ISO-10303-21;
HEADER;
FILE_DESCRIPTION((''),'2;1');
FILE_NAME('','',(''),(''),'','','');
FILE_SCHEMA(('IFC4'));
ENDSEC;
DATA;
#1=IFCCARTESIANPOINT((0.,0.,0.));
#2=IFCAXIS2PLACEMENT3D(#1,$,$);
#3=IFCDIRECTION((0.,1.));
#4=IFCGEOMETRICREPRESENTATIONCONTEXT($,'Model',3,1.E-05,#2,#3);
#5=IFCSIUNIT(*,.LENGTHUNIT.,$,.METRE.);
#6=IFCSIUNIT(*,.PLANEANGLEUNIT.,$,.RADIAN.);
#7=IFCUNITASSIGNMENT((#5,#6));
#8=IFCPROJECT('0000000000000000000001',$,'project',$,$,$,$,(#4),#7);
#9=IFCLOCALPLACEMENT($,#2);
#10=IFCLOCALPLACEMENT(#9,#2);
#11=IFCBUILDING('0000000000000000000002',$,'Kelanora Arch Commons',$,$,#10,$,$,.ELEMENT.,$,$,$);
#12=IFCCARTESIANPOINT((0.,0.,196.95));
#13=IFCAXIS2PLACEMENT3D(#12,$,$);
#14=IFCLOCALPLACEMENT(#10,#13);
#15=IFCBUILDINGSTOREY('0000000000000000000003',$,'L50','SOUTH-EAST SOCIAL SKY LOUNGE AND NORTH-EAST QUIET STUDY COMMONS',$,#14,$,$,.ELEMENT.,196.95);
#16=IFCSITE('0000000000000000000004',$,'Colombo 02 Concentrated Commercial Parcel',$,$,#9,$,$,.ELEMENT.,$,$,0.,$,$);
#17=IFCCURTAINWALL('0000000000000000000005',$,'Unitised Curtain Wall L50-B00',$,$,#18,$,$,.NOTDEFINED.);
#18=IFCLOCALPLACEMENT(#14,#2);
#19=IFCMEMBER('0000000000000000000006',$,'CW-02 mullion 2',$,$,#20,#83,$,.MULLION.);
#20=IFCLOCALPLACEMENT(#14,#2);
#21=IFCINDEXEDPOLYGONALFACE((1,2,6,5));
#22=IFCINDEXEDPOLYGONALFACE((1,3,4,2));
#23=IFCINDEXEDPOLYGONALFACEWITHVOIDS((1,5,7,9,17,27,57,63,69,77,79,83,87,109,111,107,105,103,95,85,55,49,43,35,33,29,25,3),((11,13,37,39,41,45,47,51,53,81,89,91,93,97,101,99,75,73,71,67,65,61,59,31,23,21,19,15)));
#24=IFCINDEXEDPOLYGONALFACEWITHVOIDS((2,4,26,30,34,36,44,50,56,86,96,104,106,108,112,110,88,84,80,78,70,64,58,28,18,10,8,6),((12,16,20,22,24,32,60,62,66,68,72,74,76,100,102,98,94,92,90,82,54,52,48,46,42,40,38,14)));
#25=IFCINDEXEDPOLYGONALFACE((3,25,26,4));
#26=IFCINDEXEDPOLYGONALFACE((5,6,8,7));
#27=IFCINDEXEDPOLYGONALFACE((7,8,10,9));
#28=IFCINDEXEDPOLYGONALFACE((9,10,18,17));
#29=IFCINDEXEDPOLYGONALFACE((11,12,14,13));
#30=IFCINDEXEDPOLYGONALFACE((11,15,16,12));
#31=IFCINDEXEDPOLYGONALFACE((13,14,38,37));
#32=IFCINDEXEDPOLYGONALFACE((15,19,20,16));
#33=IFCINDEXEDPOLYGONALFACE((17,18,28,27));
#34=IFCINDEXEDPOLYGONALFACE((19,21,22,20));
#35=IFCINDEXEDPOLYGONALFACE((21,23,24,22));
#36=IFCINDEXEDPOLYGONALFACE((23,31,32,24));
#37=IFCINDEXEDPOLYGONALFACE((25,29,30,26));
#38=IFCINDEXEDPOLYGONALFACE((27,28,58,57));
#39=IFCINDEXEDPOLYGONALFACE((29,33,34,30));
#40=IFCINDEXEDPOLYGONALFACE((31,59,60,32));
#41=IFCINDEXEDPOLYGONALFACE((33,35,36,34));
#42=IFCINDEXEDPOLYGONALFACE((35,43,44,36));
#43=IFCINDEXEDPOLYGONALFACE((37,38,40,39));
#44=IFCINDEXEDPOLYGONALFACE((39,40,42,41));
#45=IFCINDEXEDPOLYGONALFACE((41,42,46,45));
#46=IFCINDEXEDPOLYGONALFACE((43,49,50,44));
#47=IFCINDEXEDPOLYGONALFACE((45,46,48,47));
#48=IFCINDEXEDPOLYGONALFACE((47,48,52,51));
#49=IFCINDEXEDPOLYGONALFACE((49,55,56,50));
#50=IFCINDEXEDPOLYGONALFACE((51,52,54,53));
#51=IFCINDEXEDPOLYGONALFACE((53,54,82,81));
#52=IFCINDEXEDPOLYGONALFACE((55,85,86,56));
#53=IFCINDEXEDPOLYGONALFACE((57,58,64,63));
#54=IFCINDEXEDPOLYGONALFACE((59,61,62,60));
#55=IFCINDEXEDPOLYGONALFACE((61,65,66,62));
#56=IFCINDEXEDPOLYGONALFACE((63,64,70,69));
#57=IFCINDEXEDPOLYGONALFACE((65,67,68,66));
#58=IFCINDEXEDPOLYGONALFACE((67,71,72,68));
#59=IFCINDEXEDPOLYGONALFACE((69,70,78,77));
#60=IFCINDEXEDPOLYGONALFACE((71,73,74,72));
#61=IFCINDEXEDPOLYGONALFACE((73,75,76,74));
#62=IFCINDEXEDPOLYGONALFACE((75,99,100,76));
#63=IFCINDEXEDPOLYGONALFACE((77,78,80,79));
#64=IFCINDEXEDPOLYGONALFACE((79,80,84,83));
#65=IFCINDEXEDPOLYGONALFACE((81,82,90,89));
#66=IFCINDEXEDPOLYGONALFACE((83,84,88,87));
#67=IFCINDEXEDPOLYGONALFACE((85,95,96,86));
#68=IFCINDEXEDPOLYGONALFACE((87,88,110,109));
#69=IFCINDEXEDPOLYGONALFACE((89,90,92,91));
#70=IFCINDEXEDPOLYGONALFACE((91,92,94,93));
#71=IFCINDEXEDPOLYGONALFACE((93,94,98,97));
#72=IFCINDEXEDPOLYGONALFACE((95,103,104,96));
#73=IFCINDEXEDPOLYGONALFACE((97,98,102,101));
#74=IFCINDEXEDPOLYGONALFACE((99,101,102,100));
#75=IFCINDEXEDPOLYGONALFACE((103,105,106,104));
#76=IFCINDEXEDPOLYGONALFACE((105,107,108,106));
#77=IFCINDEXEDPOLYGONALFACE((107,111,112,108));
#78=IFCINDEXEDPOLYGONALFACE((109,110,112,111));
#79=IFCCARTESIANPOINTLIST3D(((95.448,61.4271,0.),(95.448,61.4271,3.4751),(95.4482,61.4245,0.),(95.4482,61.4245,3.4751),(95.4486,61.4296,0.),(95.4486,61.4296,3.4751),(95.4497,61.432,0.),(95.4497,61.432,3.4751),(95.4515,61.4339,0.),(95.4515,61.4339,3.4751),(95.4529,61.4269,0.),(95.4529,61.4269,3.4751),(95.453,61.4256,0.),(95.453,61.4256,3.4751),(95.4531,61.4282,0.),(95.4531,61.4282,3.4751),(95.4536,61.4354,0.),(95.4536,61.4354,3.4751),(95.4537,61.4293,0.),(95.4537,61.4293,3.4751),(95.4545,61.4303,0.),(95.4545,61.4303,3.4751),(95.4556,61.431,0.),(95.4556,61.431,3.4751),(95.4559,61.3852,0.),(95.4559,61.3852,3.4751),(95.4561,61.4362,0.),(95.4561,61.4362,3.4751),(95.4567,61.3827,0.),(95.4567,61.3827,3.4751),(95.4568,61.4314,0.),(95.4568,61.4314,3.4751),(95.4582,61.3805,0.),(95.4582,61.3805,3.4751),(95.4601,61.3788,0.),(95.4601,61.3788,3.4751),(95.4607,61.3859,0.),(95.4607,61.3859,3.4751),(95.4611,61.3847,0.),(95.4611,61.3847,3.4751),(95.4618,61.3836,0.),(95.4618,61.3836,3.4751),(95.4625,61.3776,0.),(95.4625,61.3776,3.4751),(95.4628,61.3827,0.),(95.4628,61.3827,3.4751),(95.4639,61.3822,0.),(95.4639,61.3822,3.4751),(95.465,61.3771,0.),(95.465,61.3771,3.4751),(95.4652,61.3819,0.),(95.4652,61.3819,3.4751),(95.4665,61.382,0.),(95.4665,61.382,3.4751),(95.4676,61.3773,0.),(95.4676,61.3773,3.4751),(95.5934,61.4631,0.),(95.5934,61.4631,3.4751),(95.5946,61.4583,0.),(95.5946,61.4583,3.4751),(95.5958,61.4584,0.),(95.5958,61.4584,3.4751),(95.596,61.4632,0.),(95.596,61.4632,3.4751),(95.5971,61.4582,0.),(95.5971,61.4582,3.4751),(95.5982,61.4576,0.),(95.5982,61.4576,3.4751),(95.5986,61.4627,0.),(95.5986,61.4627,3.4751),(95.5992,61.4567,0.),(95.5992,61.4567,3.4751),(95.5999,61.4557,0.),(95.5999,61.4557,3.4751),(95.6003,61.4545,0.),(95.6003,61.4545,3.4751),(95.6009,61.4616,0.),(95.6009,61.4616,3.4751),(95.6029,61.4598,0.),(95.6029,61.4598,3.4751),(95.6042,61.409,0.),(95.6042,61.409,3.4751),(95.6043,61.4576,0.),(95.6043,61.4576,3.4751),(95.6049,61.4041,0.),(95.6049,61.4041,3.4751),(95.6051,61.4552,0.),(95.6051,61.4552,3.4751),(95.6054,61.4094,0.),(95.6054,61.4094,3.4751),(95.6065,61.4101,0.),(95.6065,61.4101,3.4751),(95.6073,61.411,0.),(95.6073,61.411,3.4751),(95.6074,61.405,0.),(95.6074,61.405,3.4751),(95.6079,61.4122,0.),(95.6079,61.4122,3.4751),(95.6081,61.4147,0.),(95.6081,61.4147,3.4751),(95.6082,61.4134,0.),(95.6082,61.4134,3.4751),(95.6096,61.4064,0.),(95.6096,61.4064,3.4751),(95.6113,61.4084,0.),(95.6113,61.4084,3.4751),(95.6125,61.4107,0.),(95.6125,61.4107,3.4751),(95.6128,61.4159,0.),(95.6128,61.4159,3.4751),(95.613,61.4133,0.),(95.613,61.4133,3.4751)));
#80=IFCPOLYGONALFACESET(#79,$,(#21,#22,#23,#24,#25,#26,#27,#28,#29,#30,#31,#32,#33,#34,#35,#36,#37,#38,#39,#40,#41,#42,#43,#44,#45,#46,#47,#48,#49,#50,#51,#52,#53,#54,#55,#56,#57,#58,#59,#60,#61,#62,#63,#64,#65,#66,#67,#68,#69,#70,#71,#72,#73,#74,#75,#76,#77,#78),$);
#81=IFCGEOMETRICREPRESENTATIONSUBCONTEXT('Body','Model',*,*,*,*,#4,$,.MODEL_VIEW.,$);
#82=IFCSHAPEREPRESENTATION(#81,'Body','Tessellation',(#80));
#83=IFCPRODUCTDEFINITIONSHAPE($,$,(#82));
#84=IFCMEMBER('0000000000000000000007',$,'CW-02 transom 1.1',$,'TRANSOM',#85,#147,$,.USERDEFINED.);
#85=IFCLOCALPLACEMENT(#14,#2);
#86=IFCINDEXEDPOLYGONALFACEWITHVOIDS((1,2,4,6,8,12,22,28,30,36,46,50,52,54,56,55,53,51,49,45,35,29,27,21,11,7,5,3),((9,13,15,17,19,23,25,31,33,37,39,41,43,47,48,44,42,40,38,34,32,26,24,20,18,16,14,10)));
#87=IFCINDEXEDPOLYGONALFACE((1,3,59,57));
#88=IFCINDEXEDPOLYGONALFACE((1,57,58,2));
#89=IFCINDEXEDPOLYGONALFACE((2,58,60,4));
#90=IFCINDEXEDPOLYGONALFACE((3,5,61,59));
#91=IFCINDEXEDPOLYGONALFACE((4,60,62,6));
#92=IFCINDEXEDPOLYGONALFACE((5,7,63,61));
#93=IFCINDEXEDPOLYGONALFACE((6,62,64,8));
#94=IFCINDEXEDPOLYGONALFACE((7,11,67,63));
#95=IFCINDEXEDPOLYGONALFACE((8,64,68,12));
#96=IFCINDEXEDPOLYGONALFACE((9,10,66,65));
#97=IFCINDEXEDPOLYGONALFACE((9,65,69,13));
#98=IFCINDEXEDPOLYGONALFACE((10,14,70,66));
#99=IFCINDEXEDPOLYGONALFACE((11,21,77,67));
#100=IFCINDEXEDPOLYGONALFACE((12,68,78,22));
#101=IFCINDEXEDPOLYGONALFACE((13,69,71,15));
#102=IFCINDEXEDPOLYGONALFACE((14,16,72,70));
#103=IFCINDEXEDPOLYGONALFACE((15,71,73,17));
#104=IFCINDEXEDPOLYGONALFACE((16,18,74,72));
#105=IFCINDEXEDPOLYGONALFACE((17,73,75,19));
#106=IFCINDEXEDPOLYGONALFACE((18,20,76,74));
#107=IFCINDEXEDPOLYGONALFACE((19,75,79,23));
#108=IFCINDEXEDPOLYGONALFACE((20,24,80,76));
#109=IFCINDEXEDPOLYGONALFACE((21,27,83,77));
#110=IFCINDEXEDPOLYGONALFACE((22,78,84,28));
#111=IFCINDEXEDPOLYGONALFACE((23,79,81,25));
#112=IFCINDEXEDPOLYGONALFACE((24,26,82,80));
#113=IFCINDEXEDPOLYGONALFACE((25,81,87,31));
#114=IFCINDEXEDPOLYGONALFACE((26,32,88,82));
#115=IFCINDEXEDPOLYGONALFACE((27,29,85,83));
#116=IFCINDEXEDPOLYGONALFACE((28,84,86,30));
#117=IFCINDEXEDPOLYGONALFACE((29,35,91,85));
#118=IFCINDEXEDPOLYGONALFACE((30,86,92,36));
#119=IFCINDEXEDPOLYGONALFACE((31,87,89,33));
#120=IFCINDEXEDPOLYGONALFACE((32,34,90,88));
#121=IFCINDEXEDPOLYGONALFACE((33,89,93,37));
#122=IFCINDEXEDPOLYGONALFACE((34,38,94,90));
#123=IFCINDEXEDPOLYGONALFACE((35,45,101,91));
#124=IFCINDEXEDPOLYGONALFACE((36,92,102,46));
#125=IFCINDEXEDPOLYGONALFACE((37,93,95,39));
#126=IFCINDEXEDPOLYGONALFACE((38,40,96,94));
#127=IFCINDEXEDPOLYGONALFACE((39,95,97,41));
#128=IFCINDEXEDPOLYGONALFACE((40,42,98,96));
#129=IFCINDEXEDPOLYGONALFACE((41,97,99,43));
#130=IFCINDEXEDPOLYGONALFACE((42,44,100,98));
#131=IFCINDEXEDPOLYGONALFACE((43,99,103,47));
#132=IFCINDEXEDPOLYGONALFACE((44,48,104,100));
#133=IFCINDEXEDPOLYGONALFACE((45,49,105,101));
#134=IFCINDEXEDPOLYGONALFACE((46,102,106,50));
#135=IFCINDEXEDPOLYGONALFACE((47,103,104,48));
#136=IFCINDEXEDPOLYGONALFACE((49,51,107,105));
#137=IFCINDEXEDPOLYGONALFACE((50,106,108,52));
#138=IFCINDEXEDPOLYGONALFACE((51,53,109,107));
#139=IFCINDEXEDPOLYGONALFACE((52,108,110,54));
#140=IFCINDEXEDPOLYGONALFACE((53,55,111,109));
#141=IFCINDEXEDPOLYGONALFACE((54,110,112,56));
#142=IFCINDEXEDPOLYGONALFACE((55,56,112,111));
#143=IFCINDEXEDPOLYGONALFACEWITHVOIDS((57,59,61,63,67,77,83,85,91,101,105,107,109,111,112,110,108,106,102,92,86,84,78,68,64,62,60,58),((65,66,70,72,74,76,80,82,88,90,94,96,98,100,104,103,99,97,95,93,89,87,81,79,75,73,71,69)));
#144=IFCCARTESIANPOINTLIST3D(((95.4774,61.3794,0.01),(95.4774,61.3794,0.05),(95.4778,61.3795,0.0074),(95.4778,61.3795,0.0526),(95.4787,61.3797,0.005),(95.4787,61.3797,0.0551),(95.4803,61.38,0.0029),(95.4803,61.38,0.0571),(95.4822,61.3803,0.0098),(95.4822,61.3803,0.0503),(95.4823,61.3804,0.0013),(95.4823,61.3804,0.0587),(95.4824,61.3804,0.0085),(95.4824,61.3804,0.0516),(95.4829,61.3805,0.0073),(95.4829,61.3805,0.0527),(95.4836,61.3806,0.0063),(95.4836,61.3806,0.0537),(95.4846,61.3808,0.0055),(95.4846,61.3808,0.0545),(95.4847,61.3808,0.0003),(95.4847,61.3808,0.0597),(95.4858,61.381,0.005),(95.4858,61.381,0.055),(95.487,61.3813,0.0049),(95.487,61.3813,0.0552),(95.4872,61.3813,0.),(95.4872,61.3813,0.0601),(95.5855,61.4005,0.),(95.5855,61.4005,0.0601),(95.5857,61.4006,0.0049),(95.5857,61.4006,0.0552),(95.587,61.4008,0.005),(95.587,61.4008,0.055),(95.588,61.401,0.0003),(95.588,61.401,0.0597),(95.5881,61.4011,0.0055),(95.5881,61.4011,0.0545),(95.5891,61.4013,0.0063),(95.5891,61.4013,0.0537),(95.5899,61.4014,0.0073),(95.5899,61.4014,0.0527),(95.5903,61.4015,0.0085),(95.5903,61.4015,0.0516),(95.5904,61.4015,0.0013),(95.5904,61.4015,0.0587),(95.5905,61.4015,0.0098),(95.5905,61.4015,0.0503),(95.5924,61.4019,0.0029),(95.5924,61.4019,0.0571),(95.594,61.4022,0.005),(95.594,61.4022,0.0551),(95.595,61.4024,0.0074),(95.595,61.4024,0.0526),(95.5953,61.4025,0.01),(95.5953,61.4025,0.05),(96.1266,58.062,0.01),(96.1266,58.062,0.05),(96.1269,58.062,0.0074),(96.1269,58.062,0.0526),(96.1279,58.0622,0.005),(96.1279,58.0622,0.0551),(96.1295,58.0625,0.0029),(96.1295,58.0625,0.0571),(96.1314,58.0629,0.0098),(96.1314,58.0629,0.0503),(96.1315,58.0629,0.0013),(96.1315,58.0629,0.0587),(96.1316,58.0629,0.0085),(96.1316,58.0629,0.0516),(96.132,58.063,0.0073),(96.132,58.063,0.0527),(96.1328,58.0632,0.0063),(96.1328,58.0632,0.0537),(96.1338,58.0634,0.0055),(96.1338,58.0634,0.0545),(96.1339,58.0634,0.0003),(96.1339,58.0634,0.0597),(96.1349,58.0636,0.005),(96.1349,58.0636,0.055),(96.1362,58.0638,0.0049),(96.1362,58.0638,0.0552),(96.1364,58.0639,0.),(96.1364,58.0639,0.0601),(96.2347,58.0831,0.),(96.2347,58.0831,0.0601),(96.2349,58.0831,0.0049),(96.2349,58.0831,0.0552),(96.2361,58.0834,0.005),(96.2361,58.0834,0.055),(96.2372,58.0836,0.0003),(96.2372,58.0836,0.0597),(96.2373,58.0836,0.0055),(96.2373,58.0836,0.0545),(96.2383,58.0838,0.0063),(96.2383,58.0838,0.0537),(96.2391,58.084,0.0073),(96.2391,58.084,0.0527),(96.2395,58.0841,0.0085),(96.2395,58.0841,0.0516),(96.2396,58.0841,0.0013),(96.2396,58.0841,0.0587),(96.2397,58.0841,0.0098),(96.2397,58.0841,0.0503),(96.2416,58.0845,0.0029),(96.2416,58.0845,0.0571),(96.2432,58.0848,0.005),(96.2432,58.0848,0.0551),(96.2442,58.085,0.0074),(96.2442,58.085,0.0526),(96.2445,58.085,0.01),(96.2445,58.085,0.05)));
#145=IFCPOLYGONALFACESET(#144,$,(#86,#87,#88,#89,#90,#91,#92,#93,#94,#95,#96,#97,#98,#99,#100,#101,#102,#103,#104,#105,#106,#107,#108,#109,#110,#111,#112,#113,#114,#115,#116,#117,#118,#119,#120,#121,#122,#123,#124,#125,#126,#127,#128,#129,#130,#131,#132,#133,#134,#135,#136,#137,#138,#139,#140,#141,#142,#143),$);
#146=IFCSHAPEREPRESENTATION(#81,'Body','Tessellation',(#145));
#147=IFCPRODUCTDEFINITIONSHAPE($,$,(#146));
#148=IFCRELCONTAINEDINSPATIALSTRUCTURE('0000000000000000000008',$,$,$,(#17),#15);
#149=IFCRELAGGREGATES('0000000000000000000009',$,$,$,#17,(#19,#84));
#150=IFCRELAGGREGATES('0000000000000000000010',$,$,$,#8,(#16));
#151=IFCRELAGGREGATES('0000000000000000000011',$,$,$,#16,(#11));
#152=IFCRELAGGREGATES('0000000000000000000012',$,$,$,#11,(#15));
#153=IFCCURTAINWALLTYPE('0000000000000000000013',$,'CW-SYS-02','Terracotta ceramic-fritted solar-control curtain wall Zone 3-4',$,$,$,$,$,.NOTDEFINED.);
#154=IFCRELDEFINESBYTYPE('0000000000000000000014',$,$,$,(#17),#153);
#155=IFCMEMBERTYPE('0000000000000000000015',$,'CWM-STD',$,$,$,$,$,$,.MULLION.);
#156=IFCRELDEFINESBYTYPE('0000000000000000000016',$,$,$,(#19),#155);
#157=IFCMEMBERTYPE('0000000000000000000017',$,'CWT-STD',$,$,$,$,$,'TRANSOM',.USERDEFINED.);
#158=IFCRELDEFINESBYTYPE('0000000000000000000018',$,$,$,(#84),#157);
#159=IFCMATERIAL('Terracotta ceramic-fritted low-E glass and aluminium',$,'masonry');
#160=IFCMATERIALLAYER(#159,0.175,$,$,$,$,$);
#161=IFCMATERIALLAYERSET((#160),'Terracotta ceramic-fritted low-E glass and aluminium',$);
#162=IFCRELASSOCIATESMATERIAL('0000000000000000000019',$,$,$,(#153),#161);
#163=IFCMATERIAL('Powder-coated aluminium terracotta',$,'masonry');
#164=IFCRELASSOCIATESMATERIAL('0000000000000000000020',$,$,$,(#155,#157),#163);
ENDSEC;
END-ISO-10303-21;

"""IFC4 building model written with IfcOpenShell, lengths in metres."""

from ifc_helpers import new_model, si_unit, direction, frame, origin, origin_2d, place, context, subcontext, project, spatial, hollow_rectangle, extrude, material, layer, layer_set, material_profile, profile_set, type_object, element, aggregate, save


model = new_model("IFC4")

# Units and contexts
model_context = context("Model", 3, precision=1e-05, world=origin(), true_north=direction((0.0, 1.0)))
body_context = subcontext(model_context, "Body", "Model", "MODEL_VIEW")
ifc_project = project(units=[si_unit("LENGTHUNIT", "METRE"), si_unit("PLANEANGLEUNIT", "RADIAN")], contexts=[model_context])

# Site, building, storey
site_placement = place(None, origin())
site = spatial("IfcSite", under=ifc_project, at=site_placement, Name="Colombo 02 Concentrated Commercial Parcel", CompositionType="ELEMENT", RefElevation=0.0)
building_placement = place(site_placement, origin())
building = spatial("IfcBuilding", under=site, at=building_placement, Name="Kelanora Arch Commons", CompositionType="ELEMENT")
storey_placement = place(building_placement, frame((0.0, 0.0, 196.95)))
storey = spatial("IfcBuildingStorey", under=building, at=storey_placement, Name="L50", Description="SOUTH-EAST SOCIAL SKY LOUNGE AND NORTH-EAST QUIET STUDY COMMONS", CompositionType="ELEMENT", Elevation=196.95)

# Curtain wall, members
ifc_material_1 = material(Name="Terracotta ceramic-fritted low-E glass and aluminium", Category="masonry")
ifc_layer_1 = layer(ifc_material_1, 0.175)
ifc_layer_set_1 = layer_set([ifc_layer_1], Name="Terracotta ceramic-fritted low-E glass and aluminium")
curtain_wall_type = type_object("IfcCurtainWallType", Name="CW-SYS-02", Description="Terracotta ceramic-fritted solar-control curtain wall Zone 3-4", PredefinedType="NOTDEFINED", material=ifc_layer_set_1)
curtain_wall_placement = place(storey_placement, origin())
curtain_wall = element("IfcCurtainWall", 1, at=curtain_wall_placement, inside=storey, type_object=curtain_wall_type, Name="Unitised Curtain Wall L50-B00", PredefinedType="NOTDEFINED")
ifc_material_2 = material(Name="Powder-coated aluminium terracotta", Category="masonry")
ifc_material_profile_1 = material_profile(ifc_material_2, hollow_rectangle(XDim=0.1599, YDim=0.0601, WallThickness=0.0049, InnerFilletRadius=0.0049, OuterFilletRadius=0.01, at=origin_2d()), Name="CWM160x60")
ifc_profile_set_1 = profile_set([ifc_material_profile_1], Name="Powder-coated aluminium terracotta")
member_type_1 = type_object("IfcMemberType", Name="CWM-STD", PredefinedType="MULLION", material=ifc_profile_set_1)
member_1_placement = place(storey_placement, frame((95.5305, 61.4202, 0.0), z_axis=(0.0, 0.0, 1.0), x_axis=(-0.981381, -0.192069, 0.0)))
member_1 = element("IfcMember", 2, at=member_1_placement, type_object=member_type_1, Name="CW-02 mullion 2", PredefinedType="MULLION", context=body_context, shape_type="SweptSolid", body=[
    extrude(hollow_rectangle(XDim=0.1599, YDim=0.0601, WallThickness=0.0049, InnerFilletRadius=0.0049, OuterFilletRadius=0.01, at=origin_2d()), origin(), (0.0, 0.0, 1.0), 3.4751),
])
ifc_material_profile_2 = material_profile(ifc_material_2, hollow_rectangle(XDim=0.1201, YDim=0.0601, WallThickness=0.0049, InnerFilletRadius=0.0049, OuterFilletRadius=0.01, at=origin_2d()), Name="CWT120x60")
ifc_profile_set_2 = profile_set([ifc_material_profile_2], Name="Powder-coated aluminium terracotta")
member_type_2 = type_object("IfcMemberType", Name="CWT-STD", ElementType="TRANSOM", PredefinedType="USERDEFINED", material=ifc_profile_set_2)
member_2_placement = place(storey_placement, frame((96.1855, 58.0735, 0.03), z_axis=(-0.192045, 0.981386, 0.0), x_axis=(-0.981386, -0.192045, 0.0)))
member_2 = element("IfcMember", 3, at=member_2_placement, type_object=member_type_2, Name="CW-02 transom 1.1", ObjectType="TRANSOM", PredefinedType="USERDEFINED", context=body_context, shape_type="SweptSolid", body=[
    extrude(hollow_rectangle(XDim=0.1201, YDim=0.0601, WallThickness=0.0049, InnerFilletRadius=0.0049, OuterFilletRadius=0.01, at=origin_2d()), origin(), (0.0, 0.0, 1.0), 3.3804),
])
aggregate(curtain_wall, [member_1, member_2])

save(model, "model.ifc")
